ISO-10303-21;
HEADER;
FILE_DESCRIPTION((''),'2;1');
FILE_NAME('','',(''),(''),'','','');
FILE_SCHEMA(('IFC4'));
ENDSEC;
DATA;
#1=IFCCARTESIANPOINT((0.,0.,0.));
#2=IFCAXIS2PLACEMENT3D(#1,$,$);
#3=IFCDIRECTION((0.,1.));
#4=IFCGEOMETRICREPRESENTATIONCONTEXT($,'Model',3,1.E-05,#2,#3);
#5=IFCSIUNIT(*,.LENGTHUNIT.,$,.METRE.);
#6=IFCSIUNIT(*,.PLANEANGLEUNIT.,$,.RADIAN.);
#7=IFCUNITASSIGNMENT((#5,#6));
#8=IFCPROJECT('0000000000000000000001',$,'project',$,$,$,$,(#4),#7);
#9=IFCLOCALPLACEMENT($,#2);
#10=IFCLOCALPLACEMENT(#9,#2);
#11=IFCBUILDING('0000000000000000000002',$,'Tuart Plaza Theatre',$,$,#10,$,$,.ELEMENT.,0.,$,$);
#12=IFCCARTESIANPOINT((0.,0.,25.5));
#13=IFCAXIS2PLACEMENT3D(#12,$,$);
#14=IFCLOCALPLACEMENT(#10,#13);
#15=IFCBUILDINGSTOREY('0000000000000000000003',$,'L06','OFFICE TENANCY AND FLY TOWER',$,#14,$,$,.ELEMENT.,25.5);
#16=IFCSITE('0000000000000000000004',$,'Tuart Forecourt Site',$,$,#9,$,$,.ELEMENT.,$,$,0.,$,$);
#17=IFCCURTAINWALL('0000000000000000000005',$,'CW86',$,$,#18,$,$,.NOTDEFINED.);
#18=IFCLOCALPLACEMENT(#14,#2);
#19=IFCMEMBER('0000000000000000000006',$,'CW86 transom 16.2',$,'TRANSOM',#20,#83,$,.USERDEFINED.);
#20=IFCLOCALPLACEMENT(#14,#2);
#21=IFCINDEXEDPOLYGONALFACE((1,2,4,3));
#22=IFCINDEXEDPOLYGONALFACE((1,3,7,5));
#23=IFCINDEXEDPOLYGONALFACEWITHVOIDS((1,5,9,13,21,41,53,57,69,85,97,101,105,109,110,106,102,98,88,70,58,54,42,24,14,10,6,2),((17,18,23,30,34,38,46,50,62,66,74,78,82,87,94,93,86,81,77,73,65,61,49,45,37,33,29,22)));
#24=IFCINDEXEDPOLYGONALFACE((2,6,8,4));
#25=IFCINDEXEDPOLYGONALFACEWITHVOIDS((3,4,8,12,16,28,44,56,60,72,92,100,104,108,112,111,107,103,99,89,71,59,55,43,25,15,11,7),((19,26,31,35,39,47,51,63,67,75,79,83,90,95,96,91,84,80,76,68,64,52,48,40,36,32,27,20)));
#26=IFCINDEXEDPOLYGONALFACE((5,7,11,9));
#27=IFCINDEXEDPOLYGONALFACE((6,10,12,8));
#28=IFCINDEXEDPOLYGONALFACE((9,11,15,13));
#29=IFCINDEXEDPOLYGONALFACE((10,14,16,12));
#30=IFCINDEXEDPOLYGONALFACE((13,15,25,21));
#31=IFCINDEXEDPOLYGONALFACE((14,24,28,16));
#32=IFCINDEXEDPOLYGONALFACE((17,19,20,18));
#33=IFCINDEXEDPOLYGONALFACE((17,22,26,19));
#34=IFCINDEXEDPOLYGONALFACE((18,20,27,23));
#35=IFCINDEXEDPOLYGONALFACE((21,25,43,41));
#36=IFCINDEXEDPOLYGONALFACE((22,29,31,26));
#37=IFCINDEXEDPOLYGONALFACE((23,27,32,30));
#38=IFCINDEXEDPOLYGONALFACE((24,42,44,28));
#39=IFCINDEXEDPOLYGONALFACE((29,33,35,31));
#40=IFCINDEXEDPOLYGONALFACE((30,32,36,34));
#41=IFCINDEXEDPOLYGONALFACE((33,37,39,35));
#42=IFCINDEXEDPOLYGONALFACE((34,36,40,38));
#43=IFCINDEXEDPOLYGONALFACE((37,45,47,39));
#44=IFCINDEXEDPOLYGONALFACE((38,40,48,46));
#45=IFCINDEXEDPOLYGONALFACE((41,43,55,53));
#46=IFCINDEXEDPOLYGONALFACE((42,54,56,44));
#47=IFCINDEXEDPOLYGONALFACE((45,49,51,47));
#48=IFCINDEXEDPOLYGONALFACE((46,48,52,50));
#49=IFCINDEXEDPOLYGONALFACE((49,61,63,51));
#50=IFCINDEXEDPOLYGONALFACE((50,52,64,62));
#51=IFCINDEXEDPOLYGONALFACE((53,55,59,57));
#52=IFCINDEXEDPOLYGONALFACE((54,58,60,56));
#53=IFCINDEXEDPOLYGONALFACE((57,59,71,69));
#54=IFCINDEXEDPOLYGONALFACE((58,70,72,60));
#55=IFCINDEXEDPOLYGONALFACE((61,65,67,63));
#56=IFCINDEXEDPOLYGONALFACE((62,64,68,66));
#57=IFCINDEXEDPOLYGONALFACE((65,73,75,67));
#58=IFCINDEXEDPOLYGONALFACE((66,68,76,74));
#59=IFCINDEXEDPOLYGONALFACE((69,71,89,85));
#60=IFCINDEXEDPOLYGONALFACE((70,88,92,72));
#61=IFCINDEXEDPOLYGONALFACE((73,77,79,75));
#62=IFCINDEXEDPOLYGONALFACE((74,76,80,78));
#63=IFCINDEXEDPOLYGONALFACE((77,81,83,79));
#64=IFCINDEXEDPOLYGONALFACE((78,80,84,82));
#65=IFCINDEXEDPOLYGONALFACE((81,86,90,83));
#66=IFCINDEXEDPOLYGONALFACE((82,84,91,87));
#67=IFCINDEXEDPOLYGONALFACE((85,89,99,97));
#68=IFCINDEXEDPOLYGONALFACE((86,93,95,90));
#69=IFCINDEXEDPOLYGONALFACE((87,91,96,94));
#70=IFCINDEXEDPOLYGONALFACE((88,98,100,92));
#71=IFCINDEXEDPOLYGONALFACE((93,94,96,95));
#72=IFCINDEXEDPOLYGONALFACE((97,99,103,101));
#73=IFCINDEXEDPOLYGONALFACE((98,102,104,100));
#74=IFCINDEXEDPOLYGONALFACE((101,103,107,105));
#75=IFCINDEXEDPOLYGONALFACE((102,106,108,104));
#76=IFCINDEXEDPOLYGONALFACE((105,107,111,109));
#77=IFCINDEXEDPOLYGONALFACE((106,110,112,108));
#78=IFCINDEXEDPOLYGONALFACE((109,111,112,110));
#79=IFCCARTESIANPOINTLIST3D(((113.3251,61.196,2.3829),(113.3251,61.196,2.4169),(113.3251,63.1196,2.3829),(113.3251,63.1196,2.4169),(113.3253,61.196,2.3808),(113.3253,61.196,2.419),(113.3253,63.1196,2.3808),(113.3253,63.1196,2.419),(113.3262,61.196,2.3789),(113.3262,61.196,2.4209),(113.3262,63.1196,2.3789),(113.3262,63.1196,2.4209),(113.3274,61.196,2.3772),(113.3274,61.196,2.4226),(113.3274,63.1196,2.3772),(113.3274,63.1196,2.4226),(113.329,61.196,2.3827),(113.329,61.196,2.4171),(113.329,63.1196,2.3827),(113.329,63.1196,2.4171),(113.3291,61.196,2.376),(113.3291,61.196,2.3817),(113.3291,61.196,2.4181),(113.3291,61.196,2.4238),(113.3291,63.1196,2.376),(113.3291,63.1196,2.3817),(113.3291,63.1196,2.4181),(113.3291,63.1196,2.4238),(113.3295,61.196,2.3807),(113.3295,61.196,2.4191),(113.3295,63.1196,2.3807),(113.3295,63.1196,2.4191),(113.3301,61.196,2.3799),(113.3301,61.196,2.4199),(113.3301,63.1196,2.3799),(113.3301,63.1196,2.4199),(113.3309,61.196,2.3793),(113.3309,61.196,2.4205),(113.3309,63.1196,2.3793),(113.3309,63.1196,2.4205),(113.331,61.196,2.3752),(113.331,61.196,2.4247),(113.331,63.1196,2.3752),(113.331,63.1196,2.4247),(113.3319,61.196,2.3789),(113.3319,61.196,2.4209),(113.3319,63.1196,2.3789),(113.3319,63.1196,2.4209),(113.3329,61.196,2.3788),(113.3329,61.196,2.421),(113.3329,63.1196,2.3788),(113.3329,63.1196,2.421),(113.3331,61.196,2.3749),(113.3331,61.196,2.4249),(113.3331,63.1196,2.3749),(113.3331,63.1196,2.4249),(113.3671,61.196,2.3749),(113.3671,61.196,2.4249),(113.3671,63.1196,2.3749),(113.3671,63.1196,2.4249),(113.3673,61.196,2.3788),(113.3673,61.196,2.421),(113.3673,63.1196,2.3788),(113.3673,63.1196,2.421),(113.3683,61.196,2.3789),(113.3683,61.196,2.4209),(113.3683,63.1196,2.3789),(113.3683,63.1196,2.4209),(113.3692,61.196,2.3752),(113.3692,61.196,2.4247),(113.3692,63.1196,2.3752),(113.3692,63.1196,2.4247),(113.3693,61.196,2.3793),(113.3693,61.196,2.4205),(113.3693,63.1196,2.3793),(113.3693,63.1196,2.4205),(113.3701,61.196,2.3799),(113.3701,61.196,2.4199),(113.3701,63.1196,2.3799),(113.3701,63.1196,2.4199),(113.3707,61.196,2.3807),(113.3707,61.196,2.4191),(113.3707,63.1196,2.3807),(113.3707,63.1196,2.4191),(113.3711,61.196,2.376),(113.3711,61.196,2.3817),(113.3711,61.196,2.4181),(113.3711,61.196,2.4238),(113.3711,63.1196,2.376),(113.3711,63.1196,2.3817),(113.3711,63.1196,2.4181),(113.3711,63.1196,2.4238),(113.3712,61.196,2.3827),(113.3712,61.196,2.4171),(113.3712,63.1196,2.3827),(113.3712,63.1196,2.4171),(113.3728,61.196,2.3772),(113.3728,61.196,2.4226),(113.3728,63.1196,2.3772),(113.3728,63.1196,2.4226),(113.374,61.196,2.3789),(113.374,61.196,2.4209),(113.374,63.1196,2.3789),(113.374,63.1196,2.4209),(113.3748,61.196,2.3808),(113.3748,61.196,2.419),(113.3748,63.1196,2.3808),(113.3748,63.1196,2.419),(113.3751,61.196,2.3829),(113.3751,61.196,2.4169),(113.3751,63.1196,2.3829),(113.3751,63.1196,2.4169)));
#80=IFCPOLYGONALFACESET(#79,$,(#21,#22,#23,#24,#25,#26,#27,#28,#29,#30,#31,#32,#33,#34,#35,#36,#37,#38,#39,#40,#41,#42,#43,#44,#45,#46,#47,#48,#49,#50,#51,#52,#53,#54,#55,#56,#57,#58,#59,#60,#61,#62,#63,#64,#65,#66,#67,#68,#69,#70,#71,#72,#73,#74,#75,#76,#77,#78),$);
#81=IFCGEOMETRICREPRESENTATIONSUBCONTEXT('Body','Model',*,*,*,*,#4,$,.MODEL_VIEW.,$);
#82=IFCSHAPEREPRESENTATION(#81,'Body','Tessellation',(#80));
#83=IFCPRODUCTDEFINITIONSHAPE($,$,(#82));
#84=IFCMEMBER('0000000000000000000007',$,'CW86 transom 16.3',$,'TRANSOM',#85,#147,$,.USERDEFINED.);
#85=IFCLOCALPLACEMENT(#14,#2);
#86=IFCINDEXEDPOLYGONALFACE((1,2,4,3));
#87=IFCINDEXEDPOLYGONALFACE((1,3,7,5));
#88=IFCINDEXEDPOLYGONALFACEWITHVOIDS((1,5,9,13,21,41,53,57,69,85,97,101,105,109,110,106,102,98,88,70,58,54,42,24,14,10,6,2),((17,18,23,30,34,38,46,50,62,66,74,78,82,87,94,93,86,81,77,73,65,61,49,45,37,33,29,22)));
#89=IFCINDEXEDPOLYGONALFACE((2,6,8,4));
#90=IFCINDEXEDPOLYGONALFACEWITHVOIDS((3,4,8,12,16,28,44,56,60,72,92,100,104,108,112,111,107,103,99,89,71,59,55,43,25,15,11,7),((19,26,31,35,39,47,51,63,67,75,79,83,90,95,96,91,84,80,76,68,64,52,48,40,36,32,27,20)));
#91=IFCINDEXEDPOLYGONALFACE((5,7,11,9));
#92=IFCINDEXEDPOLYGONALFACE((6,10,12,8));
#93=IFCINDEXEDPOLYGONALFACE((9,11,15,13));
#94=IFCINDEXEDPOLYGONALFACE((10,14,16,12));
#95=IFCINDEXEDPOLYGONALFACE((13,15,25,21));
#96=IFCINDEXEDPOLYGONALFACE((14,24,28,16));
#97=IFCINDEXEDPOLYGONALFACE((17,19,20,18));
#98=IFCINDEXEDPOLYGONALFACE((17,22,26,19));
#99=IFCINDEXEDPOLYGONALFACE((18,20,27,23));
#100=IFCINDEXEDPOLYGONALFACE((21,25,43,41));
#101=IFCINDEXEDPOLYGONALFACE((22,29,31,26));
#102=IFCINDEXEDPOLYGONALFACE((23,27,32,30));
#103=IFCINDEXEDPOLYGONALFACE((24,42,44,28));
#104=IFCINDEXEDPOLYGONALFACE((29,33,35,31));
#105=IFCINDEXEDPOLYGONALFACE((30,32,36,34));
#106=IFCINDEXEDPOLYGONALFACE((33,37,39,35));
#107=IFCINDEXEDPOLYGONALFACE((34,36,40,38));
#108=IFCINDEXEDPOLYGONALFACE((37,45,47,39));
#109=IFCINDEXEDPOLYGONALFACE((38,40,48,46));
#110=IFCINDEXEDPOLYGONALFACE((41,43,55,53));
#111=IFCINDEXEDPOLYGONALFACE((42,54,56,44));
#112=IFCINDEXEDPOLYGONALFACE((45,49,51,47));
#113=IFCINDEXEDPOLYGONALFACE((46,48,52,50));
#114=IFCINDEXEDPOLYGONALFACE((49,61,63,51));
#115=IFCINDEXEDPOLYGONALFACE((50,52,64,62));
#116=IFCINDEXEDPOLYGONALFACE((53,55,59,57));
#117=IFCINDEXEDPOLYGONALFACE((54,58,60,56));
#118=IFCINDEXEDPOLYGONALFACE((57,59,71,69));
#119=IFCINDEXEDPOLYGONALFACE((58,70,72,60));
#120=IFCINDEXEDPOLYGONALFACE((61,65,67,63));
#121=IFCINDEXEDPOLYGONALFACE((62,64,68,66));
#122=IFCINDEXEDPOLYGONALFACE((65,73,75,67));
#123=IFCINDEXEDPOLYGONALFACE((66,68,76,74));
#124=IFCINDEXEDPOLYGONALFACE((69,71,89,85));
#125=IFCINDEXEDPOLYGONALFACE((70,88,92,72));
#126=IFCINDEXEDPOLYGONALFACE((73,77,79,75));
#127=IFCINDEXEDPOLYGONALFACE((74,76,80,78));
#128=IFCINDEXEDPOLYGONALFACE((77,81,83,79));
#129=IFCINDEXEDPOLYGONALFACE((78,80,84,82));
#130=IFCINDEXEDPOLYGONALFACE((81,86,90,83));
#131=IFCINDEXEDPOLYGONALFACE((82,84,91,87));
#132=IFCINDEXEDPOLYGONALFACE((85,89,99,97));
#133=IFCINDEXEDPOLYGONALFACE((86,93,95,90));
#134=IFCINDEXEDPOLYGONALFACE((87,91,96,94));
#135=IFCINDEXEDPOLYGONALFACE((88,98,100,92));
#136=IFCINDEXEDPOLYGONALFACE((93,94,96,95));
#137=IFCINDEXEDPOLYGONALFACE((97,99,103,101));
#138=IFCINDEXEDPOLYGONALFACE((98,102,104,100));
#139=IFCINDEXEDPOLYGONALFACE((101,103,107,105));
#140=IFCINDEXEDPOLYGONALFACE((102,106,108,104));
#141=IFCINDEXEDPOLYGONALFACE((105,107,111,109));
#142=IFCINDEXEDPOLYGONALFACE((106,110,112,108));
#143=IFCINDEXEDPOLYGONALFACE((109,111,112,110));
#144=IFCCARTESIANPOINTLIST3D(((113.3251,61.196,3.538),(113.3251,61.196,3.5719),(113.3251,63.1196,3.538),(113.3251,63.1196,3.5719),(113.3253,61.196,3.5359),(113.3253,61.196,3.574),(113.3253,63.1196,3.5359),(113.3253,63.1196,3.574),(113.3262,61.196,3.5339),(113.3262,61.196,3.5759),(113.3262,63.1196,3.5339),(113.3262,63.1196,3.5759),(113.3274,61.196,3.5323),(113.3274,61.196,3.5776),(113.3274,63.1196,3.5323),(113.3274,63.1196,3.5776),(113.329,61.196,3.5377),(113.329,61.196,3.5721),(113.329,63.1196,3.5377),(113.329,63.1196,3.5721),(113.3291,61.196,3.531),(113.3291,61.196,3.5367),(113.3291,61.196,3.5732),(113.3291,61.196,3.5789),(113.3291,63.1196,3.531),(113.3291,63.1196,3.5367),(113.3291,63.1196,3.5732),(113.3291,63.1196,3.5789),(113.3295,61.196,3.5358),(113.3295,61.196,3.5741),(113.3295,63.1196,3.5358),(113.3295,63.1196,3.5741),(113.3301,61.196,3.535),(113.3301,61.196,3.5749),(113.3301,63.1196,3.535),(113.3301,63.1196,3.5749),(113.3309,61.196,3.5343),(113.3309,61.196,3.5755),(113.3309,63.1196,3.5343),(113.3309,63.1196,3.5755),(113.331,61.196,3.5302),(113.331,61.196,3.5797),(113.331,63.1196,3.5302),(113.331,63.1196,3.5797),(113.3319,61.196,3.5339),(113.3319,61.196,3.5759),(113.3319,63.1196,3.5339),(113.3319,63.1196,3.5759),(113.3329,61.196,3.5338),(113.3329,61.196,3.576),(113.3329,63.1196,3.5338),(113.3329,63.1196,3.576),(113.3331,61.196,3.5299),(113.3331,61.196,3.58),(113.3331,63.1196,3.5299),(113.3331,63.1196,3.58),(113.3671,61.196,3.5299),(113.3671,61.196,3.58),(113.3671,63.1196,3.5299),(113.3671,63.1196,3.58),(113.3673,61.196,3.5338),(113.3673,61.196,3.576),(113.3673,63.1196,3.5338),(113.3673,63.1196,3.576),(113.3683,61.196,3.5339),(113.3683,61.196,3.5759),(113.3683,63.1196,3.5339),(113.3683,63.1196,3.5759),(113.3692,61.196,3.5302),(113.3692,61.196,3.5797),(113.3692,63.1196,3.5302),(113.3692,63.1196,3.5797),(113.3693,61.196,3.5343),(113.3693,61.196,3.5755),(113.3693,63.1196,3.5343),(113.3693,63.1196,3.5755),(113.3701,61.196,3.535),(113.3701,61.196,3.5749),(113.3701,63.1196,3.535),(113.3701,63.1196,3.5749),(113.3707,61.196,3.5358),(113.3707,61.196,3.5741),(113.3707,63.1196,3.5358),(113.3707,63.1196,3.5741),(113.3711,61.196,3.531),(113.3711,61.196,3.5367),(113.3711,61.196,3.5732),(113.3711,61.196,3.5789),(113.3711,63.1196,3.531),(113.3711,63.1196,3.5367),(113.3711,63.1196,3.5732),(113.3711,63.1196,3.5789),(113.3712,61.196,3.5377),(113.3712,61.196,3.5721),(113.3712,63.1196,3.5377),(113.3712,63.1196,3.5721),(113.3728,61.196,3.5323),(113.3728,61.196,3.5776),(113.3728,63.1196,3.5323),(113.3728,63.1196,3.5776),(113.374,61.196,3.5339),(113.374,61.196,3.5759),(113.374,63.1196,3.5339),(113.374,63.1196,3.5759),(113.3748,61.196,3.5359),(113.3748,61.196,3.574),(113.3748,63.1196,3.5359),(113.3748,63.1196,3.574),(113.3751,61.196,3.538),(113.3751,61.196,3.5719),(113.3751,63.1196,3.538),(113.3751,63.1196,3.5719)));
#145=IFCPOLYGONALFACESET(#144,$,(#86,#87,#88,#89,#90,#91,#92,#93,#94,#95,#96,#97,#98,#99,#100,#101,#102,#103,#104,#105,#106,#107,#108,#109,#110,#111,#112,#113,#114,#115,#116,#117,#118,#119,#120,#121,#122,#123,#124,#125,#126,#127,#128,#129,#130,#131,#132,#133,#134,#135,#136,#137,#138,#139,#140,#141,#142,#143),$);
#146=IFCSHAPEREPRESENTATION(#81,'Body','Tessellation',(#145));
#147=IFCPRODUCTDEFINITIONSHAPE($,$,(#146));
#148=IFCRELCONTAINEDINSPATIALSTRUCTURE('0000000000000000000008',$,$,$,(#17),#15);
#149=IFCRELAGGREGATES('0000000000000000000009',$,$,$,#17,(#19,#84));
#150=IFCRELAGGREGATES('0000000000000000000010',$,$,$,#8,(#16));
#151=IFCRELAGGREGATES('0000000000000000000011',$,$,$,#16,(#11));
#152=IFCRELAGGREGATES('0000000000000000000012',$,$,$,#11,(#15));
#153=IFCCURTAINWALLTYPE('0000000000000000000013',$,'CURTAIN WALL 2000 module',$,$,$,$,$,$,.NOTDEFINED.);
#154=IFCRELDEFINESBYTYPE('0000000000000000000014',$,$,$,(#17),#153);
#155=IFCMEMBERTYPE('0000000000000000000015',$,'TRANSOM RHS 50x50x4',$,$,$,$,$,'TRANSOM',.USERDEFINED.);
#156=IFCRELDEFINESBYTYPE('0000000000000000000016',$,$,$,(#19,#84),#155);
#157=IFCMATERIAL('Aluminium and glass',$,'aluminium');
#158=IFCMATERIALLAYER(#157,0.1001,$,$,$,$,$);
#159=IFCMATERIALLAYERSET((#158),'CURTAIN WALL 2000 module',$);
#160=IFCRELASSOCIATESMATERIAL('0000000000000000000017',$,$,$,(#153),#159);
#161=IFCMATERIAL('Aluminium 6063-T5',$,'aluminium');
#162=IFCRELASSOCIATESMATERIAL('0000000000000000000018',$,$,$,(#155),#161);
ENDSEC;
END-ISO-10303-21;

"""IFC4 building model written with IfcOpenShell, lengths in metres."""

from ifc_helpers import new_model, si_unit, direction, frame, origin, origin_2d, place, context, subcontext, project, spatial, hollow_rectangle, extrude, material, layer, layer_set, material_profile, profile_set, type_object, element, aggregate, save


model = new_model("IFC4")

# Units and contexts
model_context = context("Model", 3, precision=1e-05, world=origin(), true_north=direction((0.0, 1.0)))
body_context = subcontext(model_context, "Body", "Model", "MODEL_VIEW")
ifc_project = project(units=[si_unit("LENGTHUNIT", "METRE"), si_unit("PLANEANGLEUNIT", "RADIAN")], contexts=[model_context])

# Site, building, storey
site_placement = place(None, origin())
site = spatial("IfcSite", under=ifc_project, at=site_placement, Name="Tuart Forecourt Site", CompositionType="ELEMENT", RefElevation=0.0)
building_placement = place(site_placement, origin())
building = spatial("IfcBuilding", under=site, at=building_placement, Name="Tuart Plaza Theatre", CompositionType="ELEMENT", ElevationOfRefHeight=0.0)
storey_placement = place(building_placement, frame((0.0, 0.0, 25.5)))
storey = spatial("IfcBuildingStorey", under=building, at=storey_placement, Name="L06", Description="OFFICE TENANCY AND FLY TOWER", CompositionType="ELEMENT", Elevation=25.5)

# Curtain wall, members
ifc_material_1 = material(Name="Aluminium and glass", Category="aluminium")
ifc_layer_1 = layer(ifc_material_1, 0.1001)
ifc_layer_set_1 = layer_set([ifc_layer_1], Name="CURTAIN WALL 2000 module")
curtain_wall_type = type_object("IfcCurtainWallType", Name="CURTAIN WALL 2000 module", PredefinedType="NOTDEFINED", material=ifc_layer_set_1)
curtain_wall_placement = place(storey_placement, origin())
curtain_wall = element("IfcCurtainWall", 1, at=curtain_wall_placement, inside=storey, type_object=curtain_wall_type, Name="CW86", PredefinedType="NOTDEFINED")
ifc_material_2 = material(Name="Aluminium 6063-T5", Category="aluminium")
ifc_material_profile_1 = material_profile(ifc_material_2, hollow_rectangle(XDim=0.05, YDim=0.05, WallThickness=0.0039, InnerFilletRadius=0.0039, OuterFilletRadius=0.0081, at=origin_2d()), Name="RHS 50x50x4")
ifc_profile_set_1 = profile_set([ifc_material_profile_1], Name="Aluminium 6063-T5")
member_type = type_object("IfcMemberType", Name="TRANSOM RHS 50x50x4", ElementType="TRANSOM", PredefinedType="USERDEFINED", material=ifc_profile_set_1)
member_1_placement = place(storey_placement, frame((113.3501, 63.1196, 2.3999), z_axis=(0.0, -1.0, 0.0), x_axis=(1.0, 0.0, 0.0)))
member_1 = element("IfcMember", 2, at=member_1_placement, type_object=member_type, Name="CW86 transom 16.2", ObjectType="TRANSOM", PredefinedType="USERDEFINED", context=body_context, shape_type="SweptSolid", body=[
    extrude(hollow_rectangle(XDim=0.05, YDim=0.05, WallThickness=0.0039, InnerFilletRadius=0.0039, OuterFilletRadius=0.0081, at=origin_2d()), origin(), (0.0, 0.0, 1.0), 1.9236),
])
member_2_placement = place(storey_placement, frame((113.3501, 63.1196, 3.5549), z_axis=(0.0, -1.0, 0.0), x_axis=(1.0, 0.0, 0.0)))
member_2 = element("IfcMember", 3, at=member_2_placement, type_object=member_type, Name="CW86 transom 16.3", ObjectType="TRANSOM", PredefinedType="USERDEFINED", context=body_context, shape_type="SweptSolid", body=[
    extrude(hollow_rectangle(XDim=0.05, YDim=0.05, WallThickness=0.0039, InnerFilletRadius=0.0039, OuterFilletRadius=0.0081, at=origin_2d()), origin(), (0.0, 0.0, 1.0), 1.9236),
])
aggregate(curtain_wall, [member_1, member_2])

save(model, "model.ifc")
